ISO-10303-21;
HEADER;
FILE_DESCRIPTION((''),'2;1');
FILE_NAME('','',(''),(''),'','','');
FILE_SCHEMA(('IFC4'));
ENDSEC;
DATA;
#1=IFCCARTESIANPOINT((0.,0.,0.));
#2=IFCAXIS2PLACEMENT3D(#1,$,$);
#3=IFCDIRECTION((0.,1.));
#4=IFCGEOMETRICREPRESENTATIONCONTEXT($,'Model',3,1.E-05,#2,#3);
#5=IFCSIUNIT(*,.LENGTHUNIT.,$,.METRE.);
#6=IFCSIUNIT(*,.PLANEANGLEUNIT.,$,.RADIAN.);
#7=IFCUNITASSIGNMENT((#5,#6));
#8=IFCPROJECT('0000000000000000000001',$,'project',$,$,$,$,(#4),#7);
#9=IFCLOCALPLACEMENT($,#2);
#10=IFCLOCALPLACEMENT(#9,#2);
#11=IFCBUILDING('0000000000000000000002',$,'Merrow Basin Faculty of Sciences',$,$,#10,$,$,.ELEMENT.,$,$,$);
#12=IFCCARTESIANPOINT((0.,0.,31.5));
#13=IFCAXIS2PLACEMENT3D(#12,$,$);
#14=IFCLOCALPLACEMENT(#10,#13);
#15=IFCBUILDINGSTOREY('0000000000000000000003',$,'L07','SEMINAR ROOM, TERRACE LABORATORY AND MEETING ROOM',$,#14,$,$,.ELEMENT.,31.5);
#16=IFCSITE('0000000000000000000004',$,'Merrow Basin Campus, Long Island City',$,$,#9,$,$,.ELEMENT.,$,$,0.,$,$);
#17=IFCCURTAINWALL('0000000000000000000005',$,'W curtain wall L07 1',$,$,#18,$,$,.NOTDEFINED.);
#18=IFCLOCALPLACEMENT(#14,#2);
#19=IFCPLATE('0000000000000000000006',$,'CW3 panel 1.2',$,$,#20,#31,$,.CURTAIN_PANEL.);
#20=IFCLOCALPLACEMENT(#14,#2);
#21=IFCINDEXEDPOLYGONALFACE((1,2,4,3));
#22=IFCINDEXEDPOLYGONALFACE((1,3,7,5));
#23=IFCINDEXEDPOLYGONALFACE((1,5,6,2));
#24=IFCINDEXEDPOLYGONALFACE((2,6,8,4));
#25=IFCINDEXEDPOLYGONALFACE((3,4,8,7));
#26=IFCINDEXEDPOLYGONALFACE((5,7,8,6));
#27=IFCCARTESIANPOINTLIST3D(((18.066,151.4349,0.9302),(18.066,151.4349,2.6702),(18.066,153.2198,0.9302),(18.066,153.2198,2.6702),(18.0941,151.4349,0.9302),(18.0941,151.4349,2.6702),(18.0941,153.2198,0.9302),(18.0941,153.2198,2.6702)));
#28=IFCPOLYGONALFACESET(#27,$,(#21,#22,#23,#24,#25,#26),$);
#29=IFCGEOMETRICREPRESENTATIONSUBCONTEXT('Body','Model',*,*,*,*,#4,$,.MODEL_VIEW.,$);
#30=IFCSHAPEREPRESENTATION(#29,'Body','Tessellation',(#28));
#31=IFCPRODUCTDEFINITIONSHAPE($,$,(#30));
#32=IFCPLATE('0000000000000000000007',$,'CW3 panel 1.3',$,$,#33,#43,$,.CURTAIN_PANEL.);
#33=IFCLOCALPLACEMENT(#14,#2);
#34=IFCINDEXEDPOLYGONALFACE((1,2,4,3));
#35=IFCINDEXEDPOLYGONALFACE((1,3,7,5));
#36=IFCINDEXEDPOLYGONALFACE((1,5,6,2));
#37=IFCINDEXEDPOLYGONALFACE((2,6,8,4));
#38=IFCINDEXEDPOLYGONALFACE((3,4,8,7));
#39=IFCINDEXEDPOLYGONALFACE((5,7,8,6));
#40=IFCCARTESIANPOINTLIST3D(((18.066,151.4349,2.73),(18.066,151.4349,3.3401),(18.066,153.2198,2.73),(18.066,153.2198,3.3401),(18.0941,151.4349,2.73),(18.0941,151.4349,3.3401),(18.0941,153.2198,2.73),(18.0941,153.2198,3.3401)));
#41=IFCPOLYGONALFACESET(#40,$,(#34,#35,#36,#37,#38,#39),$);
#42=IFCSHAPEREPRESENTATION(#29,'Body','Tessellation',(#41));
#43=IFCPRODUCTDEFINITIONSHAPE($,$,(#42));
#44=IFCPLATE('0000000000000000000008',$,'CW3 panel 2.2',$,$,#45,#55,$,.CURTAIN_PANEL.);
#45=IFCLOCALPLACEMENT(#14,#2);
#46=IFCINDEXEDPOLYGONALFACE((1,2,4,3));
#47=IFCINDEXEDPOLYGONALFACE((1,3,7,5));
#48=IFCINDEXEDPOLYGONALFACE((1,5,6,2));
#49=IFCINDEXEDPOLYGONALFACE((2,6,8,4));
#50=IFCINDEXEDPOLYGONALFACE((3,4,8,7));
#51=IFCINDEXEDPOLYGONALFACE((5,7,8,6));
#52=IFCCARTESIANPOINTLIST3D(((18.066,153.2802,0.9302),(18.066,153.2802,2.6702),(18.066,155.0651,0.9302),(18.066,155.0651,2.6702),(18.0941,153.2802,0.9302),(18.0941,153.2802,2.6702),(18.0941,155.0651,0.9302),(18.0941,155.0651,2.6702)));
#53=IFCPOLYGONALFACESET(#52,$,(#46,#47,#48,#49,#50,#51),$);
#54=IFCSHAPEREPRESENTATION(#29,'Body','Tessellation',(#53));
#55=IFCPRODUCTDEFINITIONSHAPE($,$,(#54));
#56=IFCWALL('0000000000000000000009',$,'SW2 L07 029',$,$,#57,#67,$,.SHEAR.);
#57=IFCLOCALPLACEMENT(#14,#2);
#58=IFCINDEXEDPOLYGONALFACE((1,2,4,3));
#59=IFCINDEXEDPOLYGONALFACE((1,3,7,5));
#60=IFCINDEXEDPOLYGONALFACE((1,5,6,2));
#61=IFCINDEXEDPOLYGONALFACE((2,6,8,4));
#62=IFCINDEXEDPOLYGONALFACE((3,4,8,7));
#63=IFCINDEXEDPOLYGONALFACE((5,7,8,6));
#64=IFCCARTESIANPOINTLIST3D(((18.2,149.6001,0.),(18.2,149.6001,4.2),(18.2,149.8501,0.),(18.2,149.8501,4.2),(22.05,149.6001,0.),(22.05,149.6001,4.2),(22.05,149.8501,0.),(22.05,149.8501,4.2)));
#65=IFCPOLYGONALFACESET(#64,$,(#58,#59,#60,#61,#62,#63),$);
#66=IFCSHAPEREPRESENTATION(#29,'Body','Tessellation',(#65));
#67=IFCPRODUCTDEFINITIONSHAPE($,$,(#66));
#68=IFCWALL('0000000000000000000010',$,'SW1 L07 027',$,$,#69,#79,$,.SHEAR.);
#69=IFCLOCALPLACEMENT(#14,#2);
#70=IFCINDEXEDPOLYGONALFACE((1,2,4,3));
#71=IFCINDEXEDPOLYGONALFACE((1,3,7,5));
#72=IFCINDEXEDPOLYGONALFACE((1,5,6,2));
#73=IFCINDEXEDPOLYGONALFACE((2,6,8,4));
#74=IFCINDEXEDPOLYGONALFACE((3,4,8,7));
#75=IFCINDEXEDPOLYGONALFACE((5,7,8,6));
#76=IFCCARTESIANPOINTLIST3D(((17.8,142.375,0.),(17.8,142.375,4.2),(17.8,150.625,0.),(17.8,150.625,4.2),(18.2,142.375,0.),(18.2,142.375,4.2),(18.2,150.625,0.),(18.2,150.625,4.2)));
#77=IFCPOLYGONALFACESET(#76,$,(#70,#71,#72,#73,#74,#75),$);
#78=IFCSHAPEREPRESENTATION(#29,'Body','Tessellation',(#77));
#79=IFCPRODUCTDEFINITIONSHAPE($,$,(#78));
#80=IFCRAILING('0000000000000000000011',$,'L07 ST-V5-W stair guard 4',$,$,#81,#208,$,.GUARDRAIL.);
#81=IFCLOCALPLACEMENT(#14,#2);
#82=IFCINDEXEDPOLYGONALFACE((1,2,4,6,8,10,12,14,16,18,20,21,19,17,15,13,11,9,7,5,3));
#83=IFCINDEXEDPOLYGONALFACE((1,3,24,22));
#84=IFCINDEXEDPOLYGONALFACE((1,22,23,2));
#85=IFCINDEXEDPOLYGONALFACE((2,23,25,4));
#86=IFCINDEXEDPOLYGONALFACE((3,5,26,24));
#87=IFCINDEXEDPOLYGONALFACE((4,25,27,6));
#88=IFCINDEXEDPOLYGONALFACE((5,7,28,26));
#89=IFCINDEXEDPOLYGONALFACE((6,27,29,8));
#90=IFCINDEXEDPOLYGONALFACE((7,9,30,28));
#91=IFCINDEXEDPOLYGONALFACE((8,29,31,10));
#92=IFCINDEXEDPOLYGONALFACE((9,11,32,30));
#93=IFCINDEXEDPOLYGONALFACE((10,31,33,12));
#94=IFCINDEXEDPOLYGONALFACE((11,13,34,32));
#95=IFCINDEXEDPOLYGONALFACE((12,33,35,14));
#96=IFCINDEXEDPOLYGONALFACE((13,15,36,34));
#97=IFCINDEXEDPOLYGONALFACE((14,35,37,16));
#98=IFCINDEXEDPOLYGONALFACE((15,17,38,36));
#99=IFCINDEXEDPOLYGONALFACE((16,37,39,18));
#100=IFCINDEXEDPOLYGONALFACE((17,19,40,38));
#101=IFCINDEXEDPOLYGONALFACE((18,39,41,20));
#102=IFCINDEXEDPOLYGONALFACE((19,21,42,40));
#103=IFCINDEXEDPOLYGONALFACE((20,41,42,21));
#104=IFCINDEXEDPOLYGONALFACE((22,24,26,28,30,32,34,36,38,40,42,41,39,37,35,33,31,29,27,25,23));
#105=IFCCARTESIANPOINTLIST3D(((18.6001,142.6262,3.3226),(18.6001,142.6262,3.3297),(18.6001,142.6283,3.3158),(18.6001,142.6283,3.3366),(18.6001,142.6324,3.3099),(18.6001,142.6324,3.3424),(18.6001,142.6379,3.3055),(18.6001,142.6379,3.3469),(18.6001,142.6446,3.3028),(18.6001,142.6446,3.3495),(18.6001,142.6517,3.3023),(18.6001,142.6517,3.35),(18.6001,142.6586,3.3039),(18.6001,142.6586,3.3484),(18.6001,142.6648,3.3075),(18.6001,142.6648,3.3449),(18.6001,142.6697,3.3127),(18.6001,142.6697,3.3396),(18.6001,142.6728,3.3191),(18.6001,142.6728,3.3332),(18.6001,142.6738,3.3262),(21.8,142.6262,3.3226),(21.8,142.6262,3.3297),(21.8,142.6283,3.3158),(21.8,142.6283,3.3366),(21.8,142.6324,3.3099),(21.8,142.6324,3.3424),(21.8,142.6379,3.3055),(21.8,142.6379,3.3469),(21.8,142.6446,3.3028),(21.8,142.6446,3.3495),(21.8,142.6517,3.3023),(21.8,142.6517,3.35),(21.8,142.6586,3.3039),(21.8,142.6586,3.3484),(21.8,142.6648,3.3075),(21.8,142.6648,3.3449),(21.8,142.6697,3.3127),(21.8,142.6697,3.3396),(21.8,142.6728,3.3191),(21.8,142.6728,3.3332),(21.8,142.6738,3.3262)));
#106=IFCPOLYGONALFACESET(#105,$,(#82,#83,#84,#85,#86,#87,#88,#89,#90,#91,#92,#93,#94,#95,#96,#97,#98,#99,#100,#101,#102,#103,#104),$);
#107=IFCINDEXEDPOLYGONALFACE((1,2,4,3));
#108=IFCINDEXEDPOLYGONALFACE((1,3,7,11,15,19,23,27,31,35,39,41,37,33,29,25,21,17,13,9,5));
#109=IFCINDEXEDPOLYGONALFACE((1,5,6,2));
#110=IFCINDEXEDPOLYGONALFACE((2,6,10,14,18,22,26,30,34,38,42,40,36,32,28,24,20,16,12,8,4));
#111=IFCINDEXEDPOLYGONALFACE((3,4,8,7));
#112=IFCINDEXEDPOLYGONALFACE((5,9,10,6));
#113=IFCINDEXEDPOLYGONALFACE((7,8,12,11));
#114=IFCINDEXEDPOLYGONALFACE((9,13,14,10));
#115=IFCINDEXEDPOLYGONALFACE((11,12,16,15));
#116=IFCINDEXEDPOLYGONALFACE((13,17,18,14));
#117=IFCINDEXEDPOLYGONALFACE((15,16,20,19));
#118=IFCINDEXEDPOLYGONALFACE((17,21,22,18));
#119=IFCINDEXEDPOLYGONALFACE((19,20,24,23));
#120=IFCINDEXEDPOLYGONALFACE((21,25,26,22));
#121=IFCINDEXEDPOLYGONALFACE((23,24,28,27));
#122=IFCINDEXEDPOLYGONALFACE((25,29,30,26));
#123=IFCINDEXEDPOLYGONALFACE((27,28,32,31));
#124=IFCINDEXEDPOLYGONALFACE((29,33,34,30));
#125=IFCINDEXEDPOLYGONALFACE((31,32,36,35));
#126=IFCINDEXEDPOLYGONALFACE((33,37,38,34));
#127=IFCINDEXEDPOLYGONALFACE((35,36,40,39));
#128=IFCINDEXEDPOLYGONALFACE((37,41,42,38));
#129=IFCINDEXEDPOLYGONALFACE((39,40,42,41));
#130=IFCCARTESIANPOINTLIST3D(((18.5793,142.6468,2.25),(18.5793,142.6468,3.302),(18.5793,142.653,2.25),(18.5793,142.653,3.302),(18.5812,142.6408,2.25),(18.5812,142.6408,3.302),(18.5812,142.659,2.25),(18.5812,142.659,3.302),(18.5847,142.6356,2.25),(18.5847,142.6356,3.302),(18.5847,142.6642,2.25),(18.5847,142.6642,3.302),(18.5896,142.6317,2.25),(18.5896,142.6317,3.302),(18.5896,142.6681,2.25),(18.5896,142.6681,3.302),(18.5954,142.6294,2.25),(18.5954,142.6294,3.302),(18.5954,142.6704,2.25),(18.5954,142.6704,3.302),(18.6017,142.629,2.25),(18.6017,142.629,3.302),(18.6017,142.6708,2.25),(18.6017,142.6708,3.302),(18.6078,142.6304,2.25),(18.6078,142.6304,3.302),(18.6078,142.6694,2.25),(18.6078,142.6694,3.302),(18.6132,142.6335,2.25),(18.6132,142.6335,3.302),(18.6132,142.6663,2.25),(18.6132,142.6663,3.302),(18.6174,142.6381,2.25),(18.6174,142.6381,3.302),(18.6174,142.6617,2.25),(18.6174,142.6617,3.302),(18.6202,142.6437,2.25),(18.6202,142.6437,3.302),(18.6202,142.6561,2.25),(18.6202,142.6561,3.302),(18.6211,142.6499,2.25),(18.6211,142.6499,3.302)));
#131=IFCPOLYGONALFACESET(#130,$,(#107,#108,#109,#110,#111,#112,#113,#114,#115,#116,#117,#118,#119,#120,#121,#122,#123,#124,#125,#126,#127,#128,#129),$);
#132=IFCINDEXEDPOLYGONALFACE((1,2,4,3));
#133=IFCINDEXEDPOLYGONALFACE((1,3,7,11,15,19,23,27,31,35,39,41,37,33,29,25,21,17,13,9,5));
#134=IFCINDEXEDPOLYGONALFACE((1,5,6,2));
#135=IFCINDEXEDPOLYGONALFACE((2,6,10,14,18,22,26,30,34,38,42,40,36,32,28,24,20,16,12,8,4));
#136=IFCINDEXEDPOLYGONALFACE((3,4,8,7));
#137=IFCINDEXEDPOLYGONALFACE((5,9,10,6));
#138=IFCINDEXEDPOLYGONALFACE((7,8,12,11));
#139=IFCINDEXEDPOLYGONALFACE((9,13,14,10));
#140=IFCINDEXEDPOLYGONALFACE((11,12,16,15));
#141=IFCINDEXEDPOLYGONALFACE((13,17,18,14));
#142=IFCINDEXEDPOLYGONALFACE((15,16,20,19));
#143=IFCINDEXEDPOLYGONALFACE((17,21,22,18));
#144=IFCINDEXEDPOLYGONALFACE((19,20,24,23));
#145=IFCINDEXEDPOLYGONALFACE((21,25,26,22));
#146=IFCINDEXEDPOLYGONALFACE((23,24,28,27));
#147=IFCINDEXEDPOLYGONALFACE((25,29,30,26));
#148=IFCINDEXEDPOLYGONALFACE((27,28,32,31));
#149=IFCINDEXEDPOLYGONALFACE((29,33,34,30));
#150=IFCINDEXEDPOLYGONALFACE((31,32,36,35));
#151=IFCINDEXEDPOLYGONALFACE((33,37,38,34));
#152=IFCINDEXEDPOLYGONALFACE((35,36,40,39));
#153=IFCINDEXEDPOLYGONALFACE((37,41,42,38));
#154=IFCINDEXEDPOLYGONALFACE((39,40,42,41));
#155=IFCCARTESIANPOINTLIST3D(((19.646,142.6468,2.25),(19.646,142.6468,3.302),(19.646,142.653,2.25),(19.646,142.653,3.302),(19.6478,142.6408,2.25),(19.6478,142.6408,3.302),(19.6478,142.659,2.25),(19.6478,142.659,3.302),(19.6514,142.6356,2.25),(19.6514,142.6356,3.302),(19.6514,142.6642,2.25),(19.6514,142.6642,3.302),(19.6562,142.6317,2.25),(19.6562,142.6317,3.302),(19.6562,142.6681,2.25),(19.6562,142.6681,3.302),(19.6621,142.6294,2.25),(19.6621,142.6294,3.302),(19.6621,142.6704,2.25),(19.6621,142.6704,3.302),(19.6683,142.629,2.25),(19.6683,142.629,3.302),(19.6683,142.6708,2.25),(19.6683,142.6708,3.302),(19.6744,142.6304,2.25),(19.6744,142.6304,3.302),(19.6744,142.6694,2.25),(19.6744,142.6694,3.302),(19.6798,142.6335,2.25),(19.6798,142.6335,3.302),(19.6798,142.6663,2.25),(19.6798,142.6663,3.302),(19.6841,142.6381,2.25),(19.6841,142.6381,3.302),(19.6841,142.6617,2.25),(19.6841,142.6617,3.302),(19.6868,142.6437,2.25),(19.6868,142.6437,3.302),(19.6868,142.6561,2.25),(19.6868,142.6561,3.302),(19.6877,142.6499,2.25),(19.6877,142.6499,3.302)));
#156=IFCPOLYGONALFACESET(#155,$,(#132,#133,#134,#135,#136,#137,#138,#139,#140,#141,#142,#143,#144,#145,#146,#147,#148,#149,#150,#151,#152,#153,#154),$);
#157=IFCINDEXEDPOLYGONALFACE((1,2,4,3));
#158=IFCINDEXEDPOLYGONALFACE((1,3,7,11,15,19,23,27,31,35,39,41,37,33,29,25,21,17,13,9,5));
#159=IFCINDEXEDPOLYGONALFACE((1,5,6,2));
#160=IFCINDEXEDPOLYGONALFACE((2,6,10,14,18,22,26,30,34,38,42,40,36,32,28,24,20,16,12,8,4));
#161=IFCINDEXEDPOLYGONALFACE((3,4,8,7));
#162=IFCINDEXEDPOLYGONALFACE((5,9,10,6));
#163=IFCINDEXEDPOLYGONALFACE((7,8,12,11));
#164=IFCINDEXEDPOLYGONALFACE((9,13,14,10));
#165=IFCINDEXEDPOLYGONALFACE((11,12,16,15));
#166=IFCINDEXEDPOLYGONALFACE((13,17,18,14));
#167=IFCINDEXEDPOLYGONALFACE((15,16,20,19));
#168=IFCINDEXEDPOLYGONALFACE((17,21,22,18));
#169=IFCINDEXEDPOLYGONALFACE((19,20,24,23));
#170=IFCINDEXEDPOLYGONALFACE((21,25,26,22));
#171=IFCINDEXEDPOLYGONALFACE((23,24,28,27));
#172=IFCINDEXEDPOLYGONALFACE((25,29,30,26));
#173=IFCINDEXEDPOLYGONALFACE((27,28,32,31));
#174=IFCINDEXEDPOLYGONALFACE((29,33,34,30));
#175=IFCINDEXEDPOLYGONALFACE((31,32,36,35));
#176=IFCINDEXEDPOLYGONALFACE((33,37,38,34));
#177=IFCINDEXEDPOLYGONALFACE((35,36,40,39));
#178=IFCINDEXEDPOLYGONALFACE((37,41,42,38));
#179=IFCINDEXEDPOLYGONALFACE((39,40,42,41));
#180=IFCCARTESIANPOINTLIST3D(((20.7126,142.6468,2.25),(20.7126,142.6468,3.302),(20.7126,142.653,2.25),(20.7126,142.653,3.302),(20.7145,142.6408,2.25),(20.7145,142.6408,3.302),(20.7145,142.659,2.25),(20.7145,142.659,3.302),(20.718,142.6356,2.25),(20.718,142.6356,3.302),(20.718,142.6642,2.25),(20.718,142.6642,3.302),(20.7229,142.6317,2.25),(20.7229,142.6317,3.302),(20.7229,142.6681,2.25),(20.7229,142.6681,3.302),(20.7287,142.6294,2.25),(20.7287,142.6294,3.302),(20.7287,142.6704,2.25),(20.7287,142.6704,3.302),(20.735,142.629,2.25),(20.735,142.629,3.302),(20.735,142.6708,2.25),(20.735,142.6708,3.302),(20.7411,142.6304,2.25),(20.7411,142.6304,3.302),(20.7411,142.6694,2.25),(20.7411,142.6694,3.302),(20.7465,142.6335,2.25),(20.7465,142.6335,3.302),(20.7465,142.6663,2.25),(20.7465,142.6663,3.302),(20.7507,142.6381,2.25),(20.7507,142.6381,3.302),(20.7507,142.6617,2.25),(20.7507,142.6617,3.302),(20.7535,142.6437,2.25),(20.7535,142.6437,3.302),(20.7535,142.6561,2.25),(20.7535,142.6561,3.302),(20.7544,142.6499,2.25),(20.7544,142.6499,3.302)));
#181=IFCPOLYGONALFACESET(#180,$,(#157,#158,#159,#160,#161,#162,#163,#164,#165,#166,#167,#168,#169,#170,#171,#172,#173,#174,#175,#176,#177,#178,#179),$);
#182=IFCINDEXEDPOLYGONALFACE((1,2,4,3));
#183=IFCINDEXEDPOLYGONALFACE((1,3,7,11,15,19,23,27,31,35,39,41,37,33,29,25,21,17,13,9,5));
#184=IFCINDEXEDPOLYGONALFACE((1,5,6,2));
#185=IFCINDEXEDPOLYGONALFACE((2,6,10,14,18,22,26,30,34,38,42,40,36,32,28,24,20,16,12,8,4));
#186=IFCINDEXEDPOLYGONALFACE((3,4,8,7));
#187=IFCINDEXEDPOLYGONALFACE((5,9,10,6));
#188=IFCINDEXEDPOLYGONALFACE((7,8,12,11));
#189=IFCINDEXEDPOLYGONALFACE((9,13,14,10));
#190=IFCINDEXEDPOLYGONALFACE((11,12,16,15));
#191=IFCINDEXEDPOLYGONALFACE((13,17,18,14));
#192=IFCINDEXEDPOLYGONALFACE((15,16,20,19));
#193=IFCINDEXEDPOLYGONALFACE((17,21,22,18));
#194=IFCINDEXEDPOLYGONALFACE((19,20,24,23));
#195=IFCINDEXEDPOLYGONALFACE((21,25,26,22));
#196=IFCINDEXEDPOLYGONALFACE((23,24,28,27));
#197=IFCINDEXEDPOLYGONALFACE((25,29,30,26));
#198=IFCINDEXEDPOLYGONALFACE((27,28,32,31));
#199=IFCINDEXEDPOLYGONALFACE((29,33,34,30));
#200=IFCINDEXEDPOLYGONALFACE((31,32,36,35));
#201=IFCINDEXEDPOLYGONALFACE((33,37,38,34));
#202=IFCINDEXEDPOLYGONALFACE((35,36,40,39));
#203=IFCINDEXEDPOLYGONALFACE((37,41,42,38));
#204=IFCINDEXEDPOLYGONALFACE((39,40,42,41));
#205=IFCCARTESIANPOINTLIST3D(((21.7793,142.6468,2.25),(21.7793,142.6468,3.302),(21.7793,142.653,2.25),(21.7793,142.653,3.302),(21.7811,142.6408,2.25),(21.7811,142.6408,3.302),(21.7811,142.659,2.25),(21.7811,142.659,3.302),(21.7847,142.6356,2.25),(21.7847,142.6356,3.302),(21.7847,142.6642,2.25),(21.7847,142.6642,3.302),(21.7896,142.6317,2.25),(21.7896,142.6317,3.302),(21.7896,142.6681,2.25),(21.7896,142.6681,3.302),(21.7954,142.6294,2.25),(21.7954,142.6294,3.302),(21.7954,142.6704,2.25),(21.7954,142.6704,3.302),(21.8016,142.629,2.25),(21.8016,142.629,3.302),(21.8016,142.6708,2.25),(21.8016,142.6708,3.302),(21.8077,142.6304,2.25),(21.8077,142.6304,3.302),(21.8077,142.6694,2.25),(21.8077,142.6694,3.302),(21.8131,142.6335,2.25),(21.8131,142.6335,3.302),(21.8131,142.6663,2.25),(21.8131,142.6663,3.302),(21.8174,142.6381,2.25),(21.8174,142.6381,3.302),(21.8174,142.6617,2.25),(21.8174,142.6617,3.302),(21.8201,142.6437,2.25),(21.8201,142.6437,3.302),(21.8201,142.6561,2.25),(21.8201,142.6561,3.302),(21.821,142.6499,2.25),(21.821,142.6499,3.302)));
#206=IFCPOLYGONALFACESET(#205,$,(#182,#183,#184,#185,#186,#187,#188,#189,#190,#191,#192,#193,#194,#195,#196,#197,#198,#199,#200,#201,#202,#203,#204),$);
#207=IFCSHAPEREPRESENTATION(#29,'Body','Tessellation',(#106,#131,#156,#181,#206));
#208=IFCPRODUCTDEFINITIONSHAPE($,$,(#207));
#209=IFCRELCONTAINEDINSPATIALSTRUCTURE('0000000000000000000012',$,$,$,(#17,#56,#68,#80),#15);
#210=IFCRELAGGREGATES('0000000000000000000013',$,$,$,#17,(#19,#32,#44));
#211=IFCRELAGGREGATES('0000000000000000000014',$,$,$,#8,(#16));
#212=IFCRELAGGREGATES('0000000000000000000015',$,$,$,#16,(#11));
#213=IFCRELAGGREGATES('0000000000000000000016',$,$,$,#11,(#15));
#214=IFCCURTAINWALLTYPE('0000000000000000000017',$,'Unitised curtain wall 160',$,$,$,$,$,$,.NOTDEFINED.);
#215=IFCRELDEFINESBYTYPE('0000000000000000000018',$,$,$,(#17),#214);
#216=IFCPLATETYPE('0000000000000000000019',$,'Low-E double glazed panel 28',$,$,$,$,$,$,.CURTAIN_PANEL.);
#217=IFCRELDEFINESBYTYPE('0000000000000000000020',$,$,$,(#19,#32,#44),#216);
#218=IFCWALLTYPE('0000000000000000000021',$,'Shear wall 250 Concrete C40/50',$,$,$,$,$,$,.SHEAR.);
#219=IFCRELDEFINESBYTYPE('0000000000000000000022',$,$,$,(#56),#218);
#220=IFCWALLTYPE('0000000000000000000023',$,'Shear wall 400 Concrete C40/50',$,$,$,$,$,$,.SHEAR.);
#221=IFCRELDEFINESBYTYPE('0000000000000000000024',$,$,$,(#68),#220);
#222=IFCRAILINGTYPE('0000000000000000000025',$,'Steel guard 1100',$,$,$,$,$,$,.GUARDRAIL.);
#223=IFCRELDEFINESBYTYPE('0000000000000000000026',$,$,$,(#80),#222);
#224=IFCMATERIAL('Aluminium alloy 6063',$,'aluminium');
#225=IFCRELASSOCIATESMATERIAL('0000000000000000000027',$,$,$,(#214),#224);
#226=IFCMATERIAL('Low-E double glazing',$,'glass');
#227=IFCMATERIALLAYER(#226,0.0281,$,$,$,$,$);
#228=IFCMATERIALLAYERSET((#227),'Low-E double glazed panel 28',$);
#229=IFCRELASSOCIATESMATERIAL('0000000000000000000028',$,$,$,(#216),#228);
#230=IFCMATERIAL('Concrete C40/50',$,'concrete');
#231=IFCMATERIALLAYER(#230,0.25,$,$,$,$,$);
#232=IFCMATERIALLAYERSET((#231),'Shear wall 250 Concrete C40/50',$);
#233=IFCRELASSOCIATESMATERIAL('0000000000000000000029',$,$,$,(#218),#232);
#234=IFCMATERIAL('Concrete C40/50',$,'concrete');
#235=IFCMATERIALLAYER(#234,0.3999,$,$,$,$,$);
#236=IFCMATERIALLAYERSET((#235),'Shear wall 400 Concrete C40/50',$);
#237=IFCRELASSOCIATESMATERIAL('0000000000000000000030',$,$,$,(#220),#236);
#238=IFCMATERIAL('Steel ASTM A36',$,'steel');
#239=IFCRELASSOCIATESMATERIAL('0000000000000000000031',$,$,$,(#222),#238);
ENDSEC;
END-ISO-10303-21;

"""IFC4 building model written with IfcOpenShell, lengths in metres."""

from ifc_helpers import new_model, si_unit, direction, frame, frame_2d, origin, origin_2d, place, context, subcontext, project, spatial, rectangle, circle, extrude, material, layer, layer_set, type_object, element, aggregate, save


model = new_model("IFC4")

# Units and contexts
model_context = context("Model", 3, precision=1e-05, world=origin(), true_north=direction((0.0, 1.0)))
body_context = subcontext(model_context, "Body", "Model", "MODEL_VIEW")
ifc_project = project(units=[si_unit("LENGTHUNIT", "METRE"), si_unit("PLANEANGLEUNIT", "RADIAN")], contexts=[model_context])

# Site, building, storey
site_placement = place(None, origin())
site = spatial("IfcSite", under=ifc_project, at=site_placement, Name="Merrow Basin Campus, Long Island City", CompositionType="ELEMENT", RefElevation=0.0)
building_placement = place(site_placement, origin())
building = spatial("IfcBuilding", under=site, at=building_placement, Name="Merrow Basin Faculty of Sciences", CompositionType="ELEMENT")
storey_placement = place(building_placement, frame((0.0, 0.0, 31.5)))
storey = spatial("IfcBuildingStorey", under=building, at=storey_placement, Name="L07", Description="SEMINAR ROOM, TERRACE LABORATORY AND MEETING ROOM", CompositionType="ELEMENT", Elevation=31.5)

# Curtain wall
ifc_material_1 = material(Name="Aluminium alloy 6063", Category="aluminium")
curtain_wall_type = type_object("IfcCurtainWallType", Name="Unitised curtain wall 160", PredefinedType="NOTDEFINED", material=ifc_material_1)
curtain_wall_placement = place(storey_placement, origin())
curtain_wall = element("IfcCurtainWall", 1, at=curtain_wall_placement, inside=storey, type_object=curtain_wall_type, Name="W curtain wall L07 1", PredefinedType="NOTDEFINED")

# Plates
ifc_material_2 = material(Name="Low-E double glazing", Category="glass")
ifc_layer_1 = layer(ifc_material_2, 0.0281)
ifc_layer_set_1 = layer_set([ifc_layer_1], Name="Low-E double glazed panel 28")
plate_type_1 = type_object("IfcPlateType", Name="Low-E double glazed panel 28", PredefinedType="CURTAIN_PANEL", material=ifc_layer_set_1)
plate_1_placement = place(storey_placement, frame((18.0801, 152.3274, 0.9302), z_axis=(0.0, 0.0, 1.0), x_axis=(0.0, 1.0, 0.0)))
plate_1 = element("IfcPlate", 2, at=plate_1_placement, type_object=plate_type_1, Name="CW3 panel 1.2", PredefinedType="CURTAIN_PANEL", context=body_context, shape_type="SweptSolid", body=[
    extrude(rectangle(XDim=1.7849, YDim=0.0281, at=origin_2d()), origin(), (0.0, 0.0, 1.0), 1.74),
])
plate_2_placement = place(storey_placement, frame((18.0801, 152.3274, 2.73), z_axis=(0.0, 0.0, 1.0), x_axis=(0.0, 1.0, 0.0)))
plate_2 = element("IfcPlate", 3, at=plate_2_placement, type_object=plate_type_1, Name="CW3 panel 1.3", PredefinedType="CURTAIN_PANEL", context=body_context, shape_type="SweptSolid", body=[
    extrude(rectangle(XDim=1.7849, YDim=0.0281, at=origin_2d()), origin(), (0.0, 0.0, 1.0), 0.6101),
])
plate_3_placement = place(storey_placement, frame((18.0801, 154.1726, 0.9302), z_axis=(0.0, 0.0, 1.0), x_axis=(0.0, 1.0, 0.0)))
plate_3 = element("IfcPlate", 4, at=plate_3_placement, type_object=plate_type_1, Name="CW3 panel 2.2", PredefinedType="CURTAIN_PANEL", context=body_context, shape_type="SweptSolid", body=[
    extrude(rectangle(XDim=1.7849, YDim=0.0281, at=origin_2d()), origin(), (0.0, 0.0, 1.0), 1.74),
])
aggregate(curtain_wall, [plate_1, plate_2, plate_3])

# Wall
ifc_material_3 = material(Name="Concrete C40/50", Category="concrete")
ifc_layer_2 = layer(ifc_material_3, 0.25)
ifc_layer_set_2 = layer_set([ifc_layer_2], Name="Shear wall 250 Concrete C40/50")
wall_type_1 = type_object("IfcWallType", Name="Shear wall 250 Concrete C40/50", PredefinedType="SHEAR", material=ifc_layer_set_2)
wall_1_placement = place(storey_placement, frame((18.2, 149.7251, 0.0), z_axis=(0.0, 0.0, 1.0), x_axis=(1.0, 0.0, 0.0)))
element("IfcWall", 5, at=wall_1_placement, inside=storey, type_object=wall_type_1, Name="SW2 L07 029", PredefinedType="SHEAR", context=body_context, shape_type="SweptSolid", body=[
    extrude(rectangle(XDim=3.8501, YDim=0.25, at=frame_2d((1.925, 0.0))), origin(), (0.0, 0.0, 1.0), 4.2),
])

# Shared definitions
ifc_material_4 = material(Name="Concrete C40/50", Category="concrete")
ifc_layer_3 = layer(ifc_material_4, 0.3999)
ifc_layer_set_3 = layer_set([ifc_layer_3], Name="Shear wall 400 Concrete C40/50")
wall_type_2 = type_object("IfcWallType", Name="Shear wall 400 Concrete C40/50", PredefinedType="SHEAR", material=ifc_layer_set_3)

# Wall
wall_2_placement = place(storey_placement, frame((18.0, 142.375, 0.0), z_axis=(0.0, 0.0, 1.0), x_axis=(0.0, 1.0, 0.0)))
element("IfcWall", 6, at=wall_2_placement, inside=storey, type_object=wall_type_2, Name="SW1 L07 027", PredefinedType="SHEAR", context=body_context, shape_type="SweptSolid", body=[
    extrude(rectangle(XDim=8.25, YDim=0.3999, at=frame_2d((4.125, 0.0))), origin(), (0.0, 0.0, 1.0), 4.2),
])

# Railing
ifc_material_5 = material(Name="Steel ASTM A36", Category="steel")
railing_type = type_object("IfcRailingType", Name="Steel guard 1100", PredefinedType="GUARDRAIL", material=ifc_material_5)
railing_1_placement = place(storey_placement, frame((18.6001, 142.6499, 2.25)))
element("IfcRailing", 7, at=railing_1_placement, inside=storey, type_object=railing_type, Name="L07 ST-V5-W stair guard 4", PredefinedType="GUARDRAIL", context=body_context, shape_type="SweptSolid", body=[
    extrude(circle(Radius=0.0239, at=origin_2d()), frame((0.0, 0.0, 1.0762), z_axis=(1.0, 0.0, 0.0), x_axis=(0.0, 1.0, 0.0)), (0.0, 0.0, 1.0), 3.2),
    extrude(circle(Radius=0.021, at=origin_2d()), origin(), (0.0, 0.0, 1.0), 1.052),
    extrude(circle(Radius=0.021, at=origin_2d()), frame((1.0667, 0.0, 0.0)), (0.0, 0.0, 1.0), 1.052),
    extrude(circle(Radius=0.021, at=origin_2d()), frame((2.1333, 0.0, 0.0)), (0.0, 0.0, 1.0), 1.052),
    extrude(circle(Radius=0.021, at=origin_2d()), frame((3.2, 0.0, 0.0)), (0.0, 0.0, 1.0), 1.052),
])

save(model, "model.ifc")
